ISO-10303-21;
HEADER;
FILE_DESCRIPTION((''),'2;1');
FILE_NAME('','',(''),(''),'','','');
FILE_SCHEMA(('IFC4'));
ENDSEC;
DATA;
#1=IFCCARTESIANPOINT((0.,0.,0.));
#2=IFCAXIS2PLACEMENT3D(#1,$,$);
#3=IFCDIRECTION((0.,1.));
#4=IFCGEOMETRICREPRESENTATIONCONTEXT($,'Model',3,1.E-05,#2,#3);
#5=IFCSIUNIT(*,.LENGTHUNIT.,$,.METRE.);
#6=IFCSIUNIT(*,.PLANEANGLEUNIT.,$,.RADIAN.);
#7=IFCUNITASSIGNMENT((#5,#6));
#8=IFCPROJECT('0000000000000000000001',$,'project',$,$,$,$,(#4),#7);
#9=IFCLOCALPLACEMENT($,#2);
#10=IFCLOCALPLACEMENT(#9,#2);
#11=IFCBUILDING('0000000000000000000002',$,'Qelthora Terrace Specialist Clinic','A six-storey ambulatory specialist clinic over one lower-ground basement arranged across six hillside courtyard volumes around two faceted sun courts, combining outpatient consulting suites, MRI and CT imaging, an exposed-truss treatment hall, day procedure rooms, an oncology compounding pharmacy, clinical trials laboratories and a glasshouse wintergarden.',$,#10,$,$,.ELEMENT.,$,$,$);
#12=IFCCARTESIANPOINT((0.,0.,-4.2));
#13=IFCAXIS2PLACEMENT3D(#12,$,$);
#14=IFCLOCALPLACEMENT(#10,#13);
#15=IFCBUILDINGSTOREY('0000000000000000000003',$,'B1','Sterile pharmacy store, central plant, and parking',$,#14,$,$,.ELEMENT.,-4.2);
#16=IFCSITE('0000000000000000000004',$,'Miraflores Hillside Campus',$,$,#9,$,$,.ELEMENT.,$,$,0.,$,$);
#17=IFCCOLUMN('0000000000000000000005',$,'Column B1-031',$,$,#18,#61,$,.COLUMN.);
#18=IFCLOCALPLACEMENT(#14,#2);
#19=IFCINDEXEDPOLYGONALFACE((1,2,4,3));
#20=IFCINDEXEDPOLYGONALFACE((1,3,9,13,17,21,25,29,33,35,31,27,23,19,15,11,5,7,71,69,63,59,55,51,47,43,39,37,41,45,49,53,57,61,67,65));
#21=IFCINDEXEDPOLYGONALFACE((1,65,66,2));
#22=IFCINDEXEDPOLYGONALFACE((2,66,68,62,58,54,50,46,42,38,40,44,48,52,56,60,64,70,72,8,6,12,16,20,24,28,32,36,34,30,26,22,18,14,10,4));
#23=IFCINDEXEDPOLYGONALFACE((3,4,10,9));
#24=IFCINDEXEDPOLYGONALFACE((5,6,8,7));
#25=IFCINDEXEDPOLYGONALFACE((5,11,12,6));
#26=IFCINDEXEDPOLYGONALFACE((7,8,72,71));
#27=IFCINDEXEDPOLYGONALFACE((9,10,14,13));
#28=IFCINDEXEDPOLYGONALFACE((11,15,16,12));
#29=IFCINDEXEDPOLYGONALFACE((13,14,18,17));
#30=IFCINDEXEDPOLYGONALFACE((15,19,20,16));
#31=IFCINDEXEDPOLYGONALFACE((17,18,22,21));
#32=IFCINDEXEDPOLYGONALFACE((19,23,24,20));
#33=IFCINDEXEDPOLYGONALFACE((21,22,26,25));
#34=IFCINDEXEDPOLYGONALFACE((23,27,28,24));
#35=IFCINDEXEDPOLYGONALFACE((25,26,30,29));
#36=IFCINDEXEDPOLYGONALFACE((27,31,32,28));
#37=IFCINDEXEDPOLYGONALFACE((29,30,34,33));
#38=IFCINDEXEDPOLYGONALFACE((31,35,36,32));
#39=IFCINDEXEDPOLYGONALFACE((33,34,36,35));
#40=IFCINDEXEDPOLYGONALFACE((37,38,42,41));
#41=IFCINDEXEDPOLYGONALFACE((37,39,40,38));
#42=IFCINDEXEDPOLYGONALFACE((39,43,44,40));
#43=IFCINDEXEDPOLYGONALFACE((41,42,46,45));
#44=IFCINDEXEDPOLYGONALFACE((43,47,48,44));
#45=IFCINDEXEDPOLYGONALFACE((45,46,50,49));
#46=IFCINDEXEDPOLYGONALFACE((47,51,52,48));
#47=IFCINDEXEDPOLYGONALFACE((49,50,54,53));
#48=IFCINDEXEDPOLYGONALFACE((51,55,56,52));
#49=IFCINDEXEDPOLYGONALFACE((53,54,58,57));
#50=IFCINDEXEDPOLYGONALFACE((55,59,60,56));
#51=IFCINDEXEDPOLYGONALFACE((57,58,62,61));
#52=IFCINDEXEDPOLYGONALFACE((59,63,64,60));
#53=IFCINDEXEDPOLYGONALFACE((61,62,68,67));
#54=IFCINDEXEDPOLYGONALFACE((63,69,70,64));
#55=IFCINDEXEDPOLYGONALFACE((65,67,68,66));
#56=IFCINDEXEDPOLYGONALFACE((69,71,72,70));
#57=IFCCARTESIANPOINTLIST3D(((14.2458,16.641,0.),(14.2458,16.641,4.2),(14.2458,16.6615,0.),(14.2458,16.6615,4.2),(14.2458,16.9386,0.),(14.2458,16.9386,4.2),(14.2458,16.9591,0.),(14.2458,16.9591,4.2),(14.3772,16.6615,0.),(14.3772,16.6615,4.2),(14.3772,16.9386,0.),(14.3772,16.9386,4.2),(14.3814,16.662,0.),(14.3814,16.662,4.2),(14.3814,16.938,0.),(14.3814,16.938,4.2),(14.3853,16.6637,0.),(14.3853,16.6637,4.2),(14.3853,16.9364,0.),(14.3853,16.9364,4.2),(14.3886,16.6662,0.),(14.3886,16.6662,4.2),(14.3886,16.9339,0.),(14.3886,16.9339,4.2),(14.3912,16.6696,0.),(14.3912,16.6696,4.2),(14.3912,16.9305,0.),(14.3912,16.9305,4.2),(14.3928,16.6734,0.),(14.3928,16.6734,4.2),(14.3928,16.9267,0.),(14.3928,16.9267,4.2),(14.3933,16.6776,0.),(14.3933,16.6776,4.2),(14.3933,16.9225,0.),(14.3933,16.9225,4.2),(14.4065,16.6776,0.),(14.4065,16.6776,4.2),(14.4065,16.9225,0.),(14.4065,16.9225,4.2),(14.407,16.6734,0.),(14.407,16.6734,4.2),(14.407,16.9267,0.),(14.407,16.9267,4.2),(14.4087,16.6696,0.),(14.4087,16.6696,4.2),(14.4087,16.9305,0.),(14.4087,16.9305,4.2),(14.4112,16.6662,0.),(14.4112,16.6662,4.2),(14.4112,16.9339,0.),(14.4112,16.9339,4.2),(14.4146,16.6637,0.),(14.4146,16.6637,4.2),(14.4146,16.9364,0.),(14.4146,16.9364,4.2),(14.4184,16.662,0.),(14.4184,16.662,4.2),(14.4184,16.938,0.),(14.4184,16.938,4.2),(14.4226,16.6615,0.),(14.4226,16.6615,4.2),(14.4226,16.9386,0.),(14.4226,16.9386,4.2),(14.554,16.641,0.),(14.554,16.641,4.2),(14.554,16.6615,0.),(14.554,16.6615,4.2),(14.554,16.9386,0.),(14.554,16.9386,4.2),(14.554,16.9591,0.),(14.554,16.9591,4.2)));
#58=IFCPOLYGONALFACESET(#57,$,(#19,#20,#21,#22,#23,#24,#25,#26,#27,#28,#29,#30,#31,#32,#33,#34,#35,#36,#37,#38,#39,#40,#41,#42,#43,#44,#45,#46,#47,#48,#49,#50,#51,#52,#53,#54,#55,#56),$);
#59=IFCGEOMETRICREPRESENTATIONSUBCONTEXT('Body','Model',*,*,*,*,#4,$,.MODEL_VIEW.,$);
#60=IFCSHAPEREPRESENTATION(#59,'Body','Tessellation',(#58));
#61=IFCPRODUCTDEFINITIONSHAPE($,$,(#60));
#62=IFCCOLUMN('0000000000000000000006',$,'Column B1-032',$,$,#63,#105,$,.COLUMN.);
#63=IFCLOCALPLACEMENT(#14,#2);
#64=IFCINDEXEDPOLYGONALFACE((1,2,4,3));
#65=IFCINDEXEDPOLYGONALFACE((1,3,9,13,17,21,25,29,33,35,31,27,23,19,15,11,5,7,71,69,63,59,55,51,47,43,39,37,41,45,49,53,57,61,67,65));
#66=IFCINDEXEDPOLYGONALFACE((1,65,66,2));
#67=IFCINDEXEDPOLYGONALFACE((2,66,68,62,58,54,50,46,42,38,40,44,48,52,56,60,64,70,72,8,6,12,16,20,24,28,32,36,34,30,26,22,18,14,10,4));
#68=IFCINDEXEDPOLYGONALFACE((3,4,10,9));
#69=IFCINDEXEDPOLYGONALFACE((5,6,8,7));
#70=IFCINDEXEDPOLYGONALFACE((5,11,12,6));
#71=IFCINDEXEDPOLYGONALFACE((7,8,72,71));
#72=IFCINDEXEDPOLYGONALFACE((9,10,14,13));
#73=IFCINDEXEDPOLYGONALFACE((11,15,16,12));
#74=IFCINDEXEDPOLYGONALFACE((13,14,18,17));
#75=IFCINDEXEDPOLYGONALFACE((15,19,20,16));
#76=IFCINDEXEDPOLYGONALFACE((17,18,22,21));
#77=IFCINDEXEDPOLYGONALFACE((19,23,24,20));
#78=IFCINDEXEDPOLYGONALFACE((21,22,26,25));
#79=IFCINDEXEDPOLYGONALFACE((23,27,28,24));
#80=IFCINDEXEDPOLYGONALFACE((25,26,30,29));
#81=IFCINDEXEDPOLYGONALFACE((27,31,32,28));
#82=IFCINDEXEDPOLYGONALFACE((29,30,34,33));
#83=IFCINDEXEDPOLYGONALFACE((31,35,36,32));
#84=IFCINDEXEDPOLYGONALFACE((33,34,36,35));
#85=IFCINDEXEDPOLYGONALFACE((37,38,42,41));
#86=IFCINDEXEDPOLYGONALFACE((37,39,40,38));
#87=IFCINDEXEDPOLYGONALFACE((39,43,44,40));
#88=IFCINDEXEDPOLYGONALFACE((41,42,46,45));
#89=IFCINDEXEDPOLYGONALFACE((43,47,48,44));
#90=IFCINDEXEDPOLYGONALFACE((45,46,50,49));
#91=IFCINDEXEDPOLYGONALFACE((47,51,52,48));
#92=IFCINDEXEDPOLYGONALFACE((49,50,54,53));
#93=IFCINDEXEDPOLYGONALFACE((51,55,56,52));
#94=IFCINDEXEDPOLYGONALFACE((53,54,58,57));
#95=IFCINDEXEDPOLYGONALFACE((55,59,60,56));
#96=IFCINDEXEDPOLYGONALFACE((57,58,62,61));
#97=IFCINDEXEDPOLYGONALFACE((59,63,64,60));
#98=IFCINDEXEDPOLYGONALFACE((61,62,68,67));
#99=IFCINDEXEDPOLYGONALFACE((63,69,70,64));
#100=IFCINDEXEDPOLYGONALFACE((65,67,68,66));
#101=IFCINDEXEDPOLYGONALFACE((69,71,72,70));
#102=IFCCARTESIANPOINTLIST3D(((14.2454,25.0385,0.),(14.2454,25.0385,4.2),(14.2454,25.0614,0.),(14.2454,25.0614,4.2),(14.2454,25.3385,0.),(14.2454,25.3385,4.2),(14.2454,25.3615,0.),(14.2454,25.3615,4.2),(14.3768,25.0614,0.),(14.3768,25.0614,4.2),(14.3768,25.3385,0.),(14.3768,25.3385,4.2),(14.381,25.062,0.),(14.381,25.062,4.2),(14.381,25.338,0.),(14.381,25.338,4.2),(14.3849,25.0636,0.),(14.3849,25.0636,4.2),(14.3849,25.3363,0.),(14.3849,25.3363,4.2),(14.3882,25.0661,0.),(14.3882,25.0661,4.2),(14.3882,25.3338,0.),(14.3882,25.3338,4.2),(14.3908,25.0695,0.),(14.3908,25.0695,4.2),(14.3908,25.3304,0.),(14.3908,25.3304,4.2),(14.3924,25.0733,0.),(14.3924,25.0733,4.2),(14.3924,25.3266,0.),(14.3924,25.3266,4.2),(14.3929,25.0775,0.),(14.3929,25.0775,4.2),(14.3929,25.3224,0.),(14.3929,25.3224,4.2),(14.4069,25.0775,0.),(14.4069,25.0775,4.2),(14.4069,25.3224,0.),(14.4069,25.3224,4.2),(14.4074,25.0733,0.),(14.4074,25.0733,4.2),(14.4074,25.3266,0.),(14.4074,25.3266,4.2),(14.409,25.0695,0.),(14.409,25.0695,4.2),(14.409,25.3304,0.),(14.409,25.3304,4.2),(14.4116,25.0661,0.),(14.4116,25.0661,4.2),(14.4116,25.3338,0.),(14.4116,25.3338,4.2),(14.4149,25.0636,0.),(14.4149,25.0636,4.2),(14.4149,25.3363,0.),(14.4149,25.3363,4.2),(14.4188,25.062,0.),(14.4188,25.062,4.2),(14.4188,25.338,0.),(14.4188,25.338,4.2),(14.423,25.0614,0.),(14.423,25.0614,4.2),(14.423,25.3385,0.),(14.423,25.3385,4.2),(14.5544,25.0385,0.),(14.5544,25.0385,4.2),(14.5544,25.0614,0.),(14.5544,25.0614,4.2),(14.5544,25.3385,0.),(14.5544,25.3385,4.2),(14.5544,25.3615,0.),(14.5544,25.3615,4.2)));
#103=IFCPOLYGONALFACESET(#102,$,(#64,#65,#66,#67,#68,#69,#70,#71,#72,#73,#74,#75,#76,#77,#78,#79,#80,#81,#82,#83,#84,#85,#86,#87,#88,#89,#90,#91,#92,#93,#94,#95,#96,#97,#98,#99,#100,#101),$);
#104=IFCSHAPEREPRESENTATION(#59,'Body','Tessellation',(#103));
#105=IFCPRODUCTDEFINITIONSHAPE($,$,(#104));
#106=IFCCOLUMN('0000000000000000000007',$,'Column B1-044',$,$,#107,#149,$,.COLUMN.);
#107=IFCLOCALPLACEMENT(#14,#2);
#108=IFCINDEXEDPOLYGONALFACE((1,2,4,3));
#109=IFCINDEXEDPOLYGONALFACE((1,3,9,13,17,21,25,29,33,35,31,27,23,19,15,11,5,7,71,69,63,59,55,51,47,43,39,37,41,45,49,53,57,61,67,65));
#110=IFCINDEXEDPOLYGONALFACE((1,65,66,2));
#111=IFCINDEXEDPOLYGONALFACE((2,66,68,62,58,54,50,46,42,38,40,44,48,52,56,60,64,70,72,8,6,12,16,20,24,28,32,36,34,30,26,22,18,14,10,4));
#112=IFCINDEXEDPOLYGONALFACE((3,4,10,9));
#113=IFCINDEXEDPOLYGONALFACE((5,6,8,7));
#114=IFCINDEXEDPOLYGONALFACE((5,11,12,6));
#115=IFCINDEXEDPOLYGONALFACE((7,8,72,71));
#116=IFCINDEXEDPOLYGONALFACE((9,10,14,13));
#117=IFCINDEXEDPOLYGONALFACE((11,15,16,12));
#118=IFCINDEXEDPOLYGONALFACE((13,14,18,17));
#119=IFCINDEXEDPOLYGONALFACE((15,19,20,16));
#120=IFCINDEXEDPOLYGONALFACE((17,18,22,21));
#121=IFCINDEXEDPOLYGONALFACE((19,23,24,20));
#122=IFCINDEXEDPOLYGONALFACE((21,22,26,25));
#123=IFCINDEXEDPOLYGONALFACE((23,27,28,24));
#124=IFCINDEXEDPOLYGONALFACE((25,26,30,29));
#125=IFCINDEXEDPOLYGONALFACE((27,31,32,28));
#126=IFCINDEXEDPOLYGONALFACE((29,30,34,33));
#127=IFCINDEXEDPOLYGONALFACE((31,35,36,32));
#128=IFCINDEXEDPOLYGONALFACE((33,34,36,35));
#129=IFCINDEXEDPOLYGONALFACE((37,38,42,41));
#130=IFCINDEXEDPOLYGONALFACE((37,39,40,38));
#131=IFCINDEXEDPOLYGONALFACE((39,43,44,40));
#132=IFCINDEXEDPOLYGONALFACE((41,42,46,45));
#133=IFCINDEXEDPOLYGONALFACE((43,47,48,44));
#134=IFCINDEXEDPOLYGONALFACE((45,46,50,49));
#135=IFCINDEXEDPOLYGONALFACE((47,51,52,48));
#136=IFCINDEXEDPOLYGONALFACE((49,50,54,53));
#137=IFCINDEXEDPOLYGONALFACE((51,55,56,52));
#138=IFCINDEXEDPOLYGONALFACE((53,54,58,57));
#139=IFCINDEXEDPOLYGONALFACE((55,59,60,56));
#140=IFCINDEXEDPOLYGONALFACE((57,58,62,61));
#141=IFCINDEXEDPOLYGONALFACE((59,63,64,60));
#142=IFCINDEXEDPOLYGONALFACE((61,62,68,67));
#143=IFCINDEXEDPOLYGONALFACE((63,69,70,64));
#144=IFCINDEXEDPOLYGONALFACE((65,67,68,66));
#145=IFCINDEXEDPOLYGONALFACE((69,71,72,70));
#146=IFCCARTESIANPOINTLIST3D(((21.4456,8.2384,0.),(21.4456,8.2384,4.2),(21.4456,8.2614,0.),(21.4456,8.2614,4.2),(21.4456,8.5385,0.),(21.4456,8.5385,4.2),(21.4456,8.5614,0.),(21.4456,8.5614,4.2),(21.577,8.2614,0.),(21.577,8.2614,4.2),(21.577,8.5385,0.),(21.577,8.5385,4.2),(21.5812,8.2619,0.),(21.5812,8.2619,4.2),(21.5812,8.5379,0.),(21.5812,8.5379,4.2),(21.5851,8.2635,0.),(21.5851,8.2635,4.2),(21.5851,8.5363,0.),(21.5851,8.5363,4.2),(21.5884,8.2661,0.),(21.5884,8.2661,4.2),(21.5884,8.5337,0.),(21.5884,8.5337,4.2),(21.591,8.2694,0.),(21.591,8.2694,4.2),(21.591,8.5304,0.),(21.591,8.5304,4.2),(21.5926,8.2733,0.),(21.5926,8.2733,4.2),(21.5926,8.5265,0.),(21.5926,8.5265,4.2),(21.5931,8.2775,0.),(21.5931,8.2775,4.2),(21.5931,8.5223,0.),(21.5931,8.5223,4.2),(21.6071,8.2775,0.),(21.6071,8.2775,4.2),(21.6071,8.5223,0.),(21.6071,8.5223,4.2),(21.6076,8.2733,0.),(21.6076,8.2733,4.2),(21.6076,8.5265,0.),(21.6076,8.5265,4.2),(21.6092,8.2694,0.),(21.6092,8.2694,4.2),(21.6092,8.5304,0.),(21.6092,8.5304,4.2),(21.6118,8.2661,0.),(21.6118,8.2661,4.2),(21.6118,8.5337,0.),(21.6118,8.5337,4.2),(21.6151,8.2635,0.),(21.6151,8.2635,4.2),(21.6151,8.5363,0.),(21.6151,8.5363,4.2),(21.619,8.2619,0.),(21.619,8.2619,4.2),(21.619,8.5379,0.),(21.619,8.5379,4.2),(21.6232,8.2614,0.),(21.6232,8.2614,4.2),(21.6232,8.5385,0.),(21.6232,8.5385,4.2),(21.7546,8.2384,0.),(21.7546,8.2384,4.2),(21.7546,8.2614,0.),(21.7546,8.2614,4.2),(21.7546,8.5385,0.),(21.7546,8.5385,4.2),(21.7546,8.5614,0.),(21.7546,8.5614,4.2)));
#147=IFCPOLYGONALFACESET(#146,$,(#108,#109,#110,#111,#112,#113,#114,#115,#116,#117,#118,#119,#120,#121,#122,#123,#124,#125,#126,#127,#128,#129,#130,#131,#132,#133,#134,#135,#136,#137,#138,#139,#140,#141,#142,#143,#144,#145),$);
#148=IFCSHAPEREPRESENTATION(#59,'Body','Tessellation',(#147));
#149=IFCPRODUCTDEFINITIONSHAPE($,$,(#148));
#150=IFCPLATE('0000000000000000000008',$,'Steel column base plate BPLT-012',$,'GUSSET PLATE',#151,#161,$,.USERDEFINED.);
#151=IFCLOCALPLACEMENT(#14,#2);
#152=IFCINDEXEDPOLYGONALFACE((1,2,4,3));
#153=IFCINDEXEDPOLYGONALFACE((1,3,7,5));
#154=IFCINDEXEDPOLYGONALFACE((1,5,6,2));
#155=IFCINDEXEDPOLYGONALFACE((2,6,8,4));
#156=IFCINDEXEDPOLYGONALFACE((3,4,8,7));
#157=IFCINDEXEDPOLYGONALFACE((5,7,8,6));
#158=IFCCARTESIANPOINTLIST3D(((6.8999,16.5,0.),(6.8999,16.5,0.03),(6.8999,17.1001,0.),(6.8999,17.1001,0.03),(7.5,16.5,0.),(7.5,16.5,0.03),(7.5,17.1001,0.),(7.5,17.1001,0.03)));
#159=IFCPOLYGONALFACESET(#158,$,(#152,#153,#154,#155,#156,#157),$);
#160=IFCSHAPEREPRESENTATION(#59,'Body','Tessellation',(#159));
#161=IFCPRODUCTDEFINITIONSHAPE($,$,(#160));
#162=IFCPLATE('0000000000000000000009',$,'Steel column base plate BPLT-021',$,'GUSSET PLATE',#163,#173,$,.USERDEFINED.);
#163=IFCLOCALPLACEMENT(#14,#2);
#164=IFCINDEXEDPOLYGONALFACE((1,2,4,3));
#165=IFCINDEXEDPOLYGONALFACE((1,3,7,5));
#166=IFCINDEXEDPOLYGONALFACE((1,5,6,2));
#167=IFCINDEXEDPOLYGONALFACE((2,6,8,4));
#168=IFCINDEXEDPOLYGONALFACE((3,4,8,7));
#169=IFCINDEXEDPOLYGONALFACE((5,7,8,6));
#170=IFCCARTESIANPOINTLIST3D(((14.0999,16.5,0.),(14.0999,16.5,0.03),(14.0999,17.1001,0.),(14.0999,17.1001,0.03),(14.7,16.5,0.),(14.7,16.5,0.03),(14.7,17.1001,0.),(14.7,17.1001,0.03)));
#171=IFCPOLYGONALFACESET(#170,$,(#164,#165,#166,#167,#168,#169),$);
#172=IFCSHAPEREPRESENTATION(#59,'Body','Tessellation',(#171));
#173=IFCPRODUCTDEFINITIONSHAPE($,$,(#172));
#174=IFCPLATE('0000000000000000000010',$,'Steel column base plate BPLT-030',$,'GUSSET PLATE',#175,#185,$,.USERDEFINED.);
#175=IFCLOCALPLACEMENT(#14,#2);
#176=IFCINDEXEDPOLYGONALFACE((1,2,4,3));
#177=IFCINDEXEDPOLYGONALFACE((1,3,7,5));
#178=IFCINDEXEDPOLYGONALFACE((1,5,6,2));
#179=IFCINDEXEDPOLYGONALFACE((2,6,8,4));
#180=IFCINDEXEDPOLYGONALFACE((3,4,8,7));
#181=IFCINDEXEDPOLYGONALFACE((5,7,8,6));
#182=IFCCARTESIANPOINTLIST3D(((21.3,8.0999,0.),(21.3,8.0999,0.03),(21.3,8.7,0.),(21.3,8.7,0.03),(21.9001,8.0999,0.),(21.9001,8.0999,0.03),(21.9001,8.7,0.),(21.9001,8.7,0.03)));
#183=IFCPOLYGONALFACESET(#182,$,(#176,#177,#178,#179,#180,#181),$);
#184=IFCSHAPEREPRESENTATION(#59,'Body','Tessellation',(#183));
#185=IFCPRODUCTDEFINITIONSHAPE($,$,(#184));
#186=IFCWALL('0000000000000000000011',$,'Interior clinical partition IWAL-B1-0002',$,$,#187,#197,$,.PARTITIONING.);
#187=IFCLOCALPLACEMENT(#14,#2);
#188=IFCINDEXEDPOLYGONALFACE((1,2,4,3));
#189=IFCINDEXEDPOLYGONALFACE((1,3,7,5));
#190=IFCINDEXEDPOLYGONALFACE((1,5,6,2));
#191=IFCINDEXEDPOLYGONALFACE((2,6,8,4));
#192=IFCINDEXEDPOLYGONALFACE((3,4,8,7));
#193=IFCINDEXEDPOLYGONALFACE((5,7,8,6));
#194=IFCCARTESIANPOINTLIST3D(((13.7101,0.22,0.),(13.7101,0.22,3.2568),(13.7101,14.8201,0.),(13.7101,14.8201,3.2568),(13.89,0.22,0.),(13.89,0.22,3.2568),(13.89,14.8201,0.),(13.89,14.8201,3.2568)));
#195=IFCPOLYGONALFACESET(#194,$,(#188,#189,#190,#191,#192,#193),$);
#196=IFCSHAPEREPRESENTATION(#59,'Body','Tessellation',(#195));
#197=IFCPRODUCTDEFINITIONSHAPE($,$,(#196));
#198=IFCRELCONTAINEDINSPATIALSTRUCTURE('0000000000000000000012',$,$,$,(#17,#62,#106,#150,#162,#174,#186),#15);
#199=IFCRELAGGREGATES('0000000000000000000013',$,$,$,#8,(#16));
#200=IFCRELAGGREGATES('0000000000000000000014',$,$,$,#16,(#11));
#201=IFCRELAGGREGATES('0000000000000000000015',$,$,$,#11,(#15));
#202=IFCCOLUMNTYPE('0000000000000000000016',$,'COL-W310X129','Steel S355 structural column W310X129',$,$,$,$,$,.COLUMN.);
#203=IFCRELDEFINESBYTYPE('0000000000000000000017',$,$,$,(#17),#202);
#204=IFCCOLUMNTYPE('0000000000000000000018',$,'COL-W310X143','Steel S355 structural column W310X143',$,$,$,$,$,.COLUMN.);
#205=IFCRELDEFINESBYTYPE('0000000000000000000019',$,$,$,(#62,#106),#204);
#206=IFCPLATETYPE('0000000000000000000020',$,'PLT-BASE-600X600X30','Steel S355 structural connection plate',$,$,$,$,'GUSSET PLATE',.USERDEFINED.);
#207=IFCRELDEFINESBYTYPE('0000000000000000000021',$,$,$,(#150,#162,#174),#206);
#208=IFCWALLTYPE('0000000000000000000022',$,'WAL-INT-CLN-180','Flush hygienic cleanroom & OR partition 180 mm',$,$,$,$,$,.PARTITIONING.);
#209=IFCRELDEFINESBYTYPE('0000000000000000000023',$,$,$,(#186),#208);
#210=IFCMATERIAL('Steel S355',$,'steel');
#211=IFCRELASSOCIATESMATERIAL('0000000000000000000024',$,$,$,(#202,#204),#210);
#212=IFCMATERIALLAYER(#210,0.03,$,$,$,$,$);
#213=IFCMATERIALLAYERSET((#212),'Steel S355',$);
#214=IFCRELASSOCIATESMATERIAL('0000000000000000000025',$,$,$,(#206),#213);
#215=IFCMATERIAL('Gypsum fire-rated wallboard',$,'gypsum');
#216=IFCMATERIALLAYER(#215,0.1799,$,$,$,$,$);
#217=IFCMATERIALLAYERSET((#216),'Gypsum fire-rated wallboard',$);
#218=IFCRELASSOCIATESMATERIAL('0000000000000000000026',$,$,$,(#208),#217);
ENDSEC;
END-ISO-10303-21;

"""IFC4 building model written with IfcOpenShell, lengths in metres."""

from ifc_helpers import new_model, si_unit, direction, frame, frame_2d, origin, origin_2d, place, context, subcontext, project, spatial, rectangle, i_section, extrude, material, layer, layer_set, material_profile, profile_set, type_object, element, save


model = new_model("IFC4")

# Units and contexts
model_context = context("Model", 3, precision=1e-05, world=origin(), true_north=direction((0.0, 1.0)))
body_context = subcontext(model_context, "Body", "Model", "MODEL_VIEW")
ifc_project = project(units=[si_unit("LENGTHUNIT", "METRE"), si_unit("PLANEANGLEUNIT", "RADIAN")], contexts=[model_context])

# Site, building, storey
site_placement = place(None, origin())
site = spatial("IfcSite", under=ifc_project, at=site_placement, Name="Miraflores Hillside Campus", CompositionType="ELEMENT", RefElevation=0.0)
building_placement = place(site_placement, origin())
building = spatial("IfcBuilding", under=site, at=building_placement, Name="Qelthora Terrace Specialist Clinic", Description="A six-storey ambulatory specialist clinic over one lower-ground basement arranged across six hillside courtyard volumes around two faceted sun courts, combining outpatient consulting suites, MRI and CT imaging, an exposed-truss treatment hall, day procedure rooms, an oncology compounding pharmacy, clinical trials laboratories and a glasshouse wintergarden.", CompositionType="ELEMENT")
storey_placement = place(building_placement, frame((0.0, 0.0, -4.2)))
storey = spatial("IfcBuildingStorey", under=building, at=storey_placement, Name="B1", Description="Sterile pharmacy store, central plant, and parking", CompositionType="ELEMENT", Elevation=-4.2)

# Columns
ifc_material_1 = material(Name="Steel S355", Category="steel")
ifc_material_profile_1 = material_profile(ifc_material_1, i_section(OverallWidth=0.3081, OverallDepth=0.3181, WebThickness=0.0132, FlangeThickness=0.0205, FilletRadius=0.0161, at=origin_2d()), Name="W310X129")
ifc_profile_set_1 = profile_set([ifc_material_profile_1], Name="Steel S355")
column_type_1 = type_object("IfcColumnType", Name="COL-W310X129", Description="Steel S355 structural column W310X129", PredefinedType="COLUMN", material=ifc_profile_set_1)
for number, where, z_axis, x_axis, name in (
    (1, (14.3999, 16.8, 0.0), (0.0, 0.0, 1.0), (1.0, 0.0, 0.0), "Column B1-031"),
):
    element("IfcColumn", number, at=place(storey_placement, frame(where, z_axis=z_axis, x_axis=x_axis)), inside=storey, type_object=column_type_1, Name=name, PredefinedType="COLUMN", context=body_context, shape_type="SweptSolid", body=[
        extrude(i_section(OverallWidth=0.3081, OverallDepth=0.3181, WebThickness=0.0132, FlangeThickness=0.0205, FilletRadius=0.0161, at=origin_2d()), origin(), (0.0, 0.0, 1.0), 4.2),
    ])
ifc_material_profile_2 = material_profile(ifc_material_1, i_section(OverallWidth=0.3091, OverallDepth=0.323, WebThickness=0.0139, FlangeThickness=0.0229, FilletRadius=0.0161, at=origin_2d()), Name="W310X143")
ifc_profile_set_2 = profile_set([ifc_material_profile_2], Name="Steel S355")
column_type_2 = type_object("IfcColumnType", Name="COL-W310X143", Description="Steel S355 structural column W310X143", PredefinedType="COLUMN", material=ifc_profile_set_2)
for number, where, z_axis, x_axis, name in (
    (2, (14.3999, 25.2, 0.0), (0.0, 0.0, 1.0), (1.0, 0.0, 0.0), "Column B1-032"),
    (3, (21.6001, 8.3999, 0.0), (0.0, 0.0, 1.0), (1.0, 0.0, 0.0), "Column B1-044"),
):
    element("IfcColumn", number, at=place(storey_placement, frame(where, z_axis=z_axis, x_axis=x_axis)), inside=storey, type_object=column_type_2, Name=name, PredefinedType="COLUMN", context=body_context, shape_type="SweptSolid", body=[
        extrude(i_section(OverallWidth=0.3091, OverallDepth=0.323, WebThickness=0.0139, FlangeThickness=0.0229, FilletRadius=0.0161, at=origin_2d()), origin(), (0.0, 0.0, 1.0), 4.2),
    ])

# Plates
ifc_layer_1 = layer(ifc_material_1, 0.03)
ifc_layer_set_1 = layer_set([ifc_layer_1], Name="Steel S355")
plate_type = type_object("IfcPlateType", Name="PLT-BASE-600X600X30", Description="Steel S355 structural connection plate", ElementType="GUSSET PLATE", PredefinedType="USERDEFINED", material=ifc_layer_set_1)
for number, where, z_axis, x_axis, name in (
    (4, (7.2, 16.8, 0.0), (0.0, 0.0, 1.0), (1.0, 0.0, 0.0), "Steel column base plate BPLT-012"),
    (5, (14.3999, 16.8, 0.0), (0.0, 0.0, 1.0), (1.0, 0.0, 0.0), "Steel column base plate BPLT-021"),
    (6, (21.6001, 8.3999, 0.0), (0.0, 0.0, 1.0), (1.0, 0.0, 0.0), "Steel column base plate BPLT-030"),
):
    element("IfcPlate", number, at=place(storey_placement, frame(where, z_axis=z_axis, x_axis=x_axis)), inside=storey, type_object=plate_type, Name=name, ObjectType="GUSSET PLATE", PredefinedType="USERDEFINED", context=body_context, shape_type="SweptSolid", body=[
        extrude(rectangle(XDim=0.6001, YDim=0.6001, at=origin_2d()), origin(), (0.0, 0.0, 1.0), 0.03),
    ])

# Wall
ifc_material_2 = material(Name="Gypsum fire-rated wallboard", Category="gypsum")
ifc_layer_2 = layer(ifc_material_2, 0.1799)
ifc_layer_set_2 = layer_set([ifc_layer_2], Name="Gypsum fire-rated wallboard")
wall_type_1 = type_object("IfcWallType", Name="WAL-INT-CLN-180", Description="Flush hygienic cleanroom & OR partition 180 mm", PredefinedType="PARTITIONING", material=ifc_layer_set_2)
wall_1_placement = place(storey_placement, frame((13.8, 14.8201, 0.0), z_axis=(0.0, 0.0, 1.0), x_axis=(0.0, -1.0, 0.0)))
element("IfcWall", 7, at=wall_1_placement, inside=storey, type_object=wall_type_1, Name="Interior clinical partition IWAL-B1-0002", PredefinedType="PARTITIONING", context=body_context, shape_type="SweptSolid", body=[
    extrude(rectangle(XDim=14.6001, YDim=0.1799, at=frame_2d((7.3, 0.0))), origin(), (0.0, 0.0, 1.0), 3.2568),
])

save(model, "model.ifc")
